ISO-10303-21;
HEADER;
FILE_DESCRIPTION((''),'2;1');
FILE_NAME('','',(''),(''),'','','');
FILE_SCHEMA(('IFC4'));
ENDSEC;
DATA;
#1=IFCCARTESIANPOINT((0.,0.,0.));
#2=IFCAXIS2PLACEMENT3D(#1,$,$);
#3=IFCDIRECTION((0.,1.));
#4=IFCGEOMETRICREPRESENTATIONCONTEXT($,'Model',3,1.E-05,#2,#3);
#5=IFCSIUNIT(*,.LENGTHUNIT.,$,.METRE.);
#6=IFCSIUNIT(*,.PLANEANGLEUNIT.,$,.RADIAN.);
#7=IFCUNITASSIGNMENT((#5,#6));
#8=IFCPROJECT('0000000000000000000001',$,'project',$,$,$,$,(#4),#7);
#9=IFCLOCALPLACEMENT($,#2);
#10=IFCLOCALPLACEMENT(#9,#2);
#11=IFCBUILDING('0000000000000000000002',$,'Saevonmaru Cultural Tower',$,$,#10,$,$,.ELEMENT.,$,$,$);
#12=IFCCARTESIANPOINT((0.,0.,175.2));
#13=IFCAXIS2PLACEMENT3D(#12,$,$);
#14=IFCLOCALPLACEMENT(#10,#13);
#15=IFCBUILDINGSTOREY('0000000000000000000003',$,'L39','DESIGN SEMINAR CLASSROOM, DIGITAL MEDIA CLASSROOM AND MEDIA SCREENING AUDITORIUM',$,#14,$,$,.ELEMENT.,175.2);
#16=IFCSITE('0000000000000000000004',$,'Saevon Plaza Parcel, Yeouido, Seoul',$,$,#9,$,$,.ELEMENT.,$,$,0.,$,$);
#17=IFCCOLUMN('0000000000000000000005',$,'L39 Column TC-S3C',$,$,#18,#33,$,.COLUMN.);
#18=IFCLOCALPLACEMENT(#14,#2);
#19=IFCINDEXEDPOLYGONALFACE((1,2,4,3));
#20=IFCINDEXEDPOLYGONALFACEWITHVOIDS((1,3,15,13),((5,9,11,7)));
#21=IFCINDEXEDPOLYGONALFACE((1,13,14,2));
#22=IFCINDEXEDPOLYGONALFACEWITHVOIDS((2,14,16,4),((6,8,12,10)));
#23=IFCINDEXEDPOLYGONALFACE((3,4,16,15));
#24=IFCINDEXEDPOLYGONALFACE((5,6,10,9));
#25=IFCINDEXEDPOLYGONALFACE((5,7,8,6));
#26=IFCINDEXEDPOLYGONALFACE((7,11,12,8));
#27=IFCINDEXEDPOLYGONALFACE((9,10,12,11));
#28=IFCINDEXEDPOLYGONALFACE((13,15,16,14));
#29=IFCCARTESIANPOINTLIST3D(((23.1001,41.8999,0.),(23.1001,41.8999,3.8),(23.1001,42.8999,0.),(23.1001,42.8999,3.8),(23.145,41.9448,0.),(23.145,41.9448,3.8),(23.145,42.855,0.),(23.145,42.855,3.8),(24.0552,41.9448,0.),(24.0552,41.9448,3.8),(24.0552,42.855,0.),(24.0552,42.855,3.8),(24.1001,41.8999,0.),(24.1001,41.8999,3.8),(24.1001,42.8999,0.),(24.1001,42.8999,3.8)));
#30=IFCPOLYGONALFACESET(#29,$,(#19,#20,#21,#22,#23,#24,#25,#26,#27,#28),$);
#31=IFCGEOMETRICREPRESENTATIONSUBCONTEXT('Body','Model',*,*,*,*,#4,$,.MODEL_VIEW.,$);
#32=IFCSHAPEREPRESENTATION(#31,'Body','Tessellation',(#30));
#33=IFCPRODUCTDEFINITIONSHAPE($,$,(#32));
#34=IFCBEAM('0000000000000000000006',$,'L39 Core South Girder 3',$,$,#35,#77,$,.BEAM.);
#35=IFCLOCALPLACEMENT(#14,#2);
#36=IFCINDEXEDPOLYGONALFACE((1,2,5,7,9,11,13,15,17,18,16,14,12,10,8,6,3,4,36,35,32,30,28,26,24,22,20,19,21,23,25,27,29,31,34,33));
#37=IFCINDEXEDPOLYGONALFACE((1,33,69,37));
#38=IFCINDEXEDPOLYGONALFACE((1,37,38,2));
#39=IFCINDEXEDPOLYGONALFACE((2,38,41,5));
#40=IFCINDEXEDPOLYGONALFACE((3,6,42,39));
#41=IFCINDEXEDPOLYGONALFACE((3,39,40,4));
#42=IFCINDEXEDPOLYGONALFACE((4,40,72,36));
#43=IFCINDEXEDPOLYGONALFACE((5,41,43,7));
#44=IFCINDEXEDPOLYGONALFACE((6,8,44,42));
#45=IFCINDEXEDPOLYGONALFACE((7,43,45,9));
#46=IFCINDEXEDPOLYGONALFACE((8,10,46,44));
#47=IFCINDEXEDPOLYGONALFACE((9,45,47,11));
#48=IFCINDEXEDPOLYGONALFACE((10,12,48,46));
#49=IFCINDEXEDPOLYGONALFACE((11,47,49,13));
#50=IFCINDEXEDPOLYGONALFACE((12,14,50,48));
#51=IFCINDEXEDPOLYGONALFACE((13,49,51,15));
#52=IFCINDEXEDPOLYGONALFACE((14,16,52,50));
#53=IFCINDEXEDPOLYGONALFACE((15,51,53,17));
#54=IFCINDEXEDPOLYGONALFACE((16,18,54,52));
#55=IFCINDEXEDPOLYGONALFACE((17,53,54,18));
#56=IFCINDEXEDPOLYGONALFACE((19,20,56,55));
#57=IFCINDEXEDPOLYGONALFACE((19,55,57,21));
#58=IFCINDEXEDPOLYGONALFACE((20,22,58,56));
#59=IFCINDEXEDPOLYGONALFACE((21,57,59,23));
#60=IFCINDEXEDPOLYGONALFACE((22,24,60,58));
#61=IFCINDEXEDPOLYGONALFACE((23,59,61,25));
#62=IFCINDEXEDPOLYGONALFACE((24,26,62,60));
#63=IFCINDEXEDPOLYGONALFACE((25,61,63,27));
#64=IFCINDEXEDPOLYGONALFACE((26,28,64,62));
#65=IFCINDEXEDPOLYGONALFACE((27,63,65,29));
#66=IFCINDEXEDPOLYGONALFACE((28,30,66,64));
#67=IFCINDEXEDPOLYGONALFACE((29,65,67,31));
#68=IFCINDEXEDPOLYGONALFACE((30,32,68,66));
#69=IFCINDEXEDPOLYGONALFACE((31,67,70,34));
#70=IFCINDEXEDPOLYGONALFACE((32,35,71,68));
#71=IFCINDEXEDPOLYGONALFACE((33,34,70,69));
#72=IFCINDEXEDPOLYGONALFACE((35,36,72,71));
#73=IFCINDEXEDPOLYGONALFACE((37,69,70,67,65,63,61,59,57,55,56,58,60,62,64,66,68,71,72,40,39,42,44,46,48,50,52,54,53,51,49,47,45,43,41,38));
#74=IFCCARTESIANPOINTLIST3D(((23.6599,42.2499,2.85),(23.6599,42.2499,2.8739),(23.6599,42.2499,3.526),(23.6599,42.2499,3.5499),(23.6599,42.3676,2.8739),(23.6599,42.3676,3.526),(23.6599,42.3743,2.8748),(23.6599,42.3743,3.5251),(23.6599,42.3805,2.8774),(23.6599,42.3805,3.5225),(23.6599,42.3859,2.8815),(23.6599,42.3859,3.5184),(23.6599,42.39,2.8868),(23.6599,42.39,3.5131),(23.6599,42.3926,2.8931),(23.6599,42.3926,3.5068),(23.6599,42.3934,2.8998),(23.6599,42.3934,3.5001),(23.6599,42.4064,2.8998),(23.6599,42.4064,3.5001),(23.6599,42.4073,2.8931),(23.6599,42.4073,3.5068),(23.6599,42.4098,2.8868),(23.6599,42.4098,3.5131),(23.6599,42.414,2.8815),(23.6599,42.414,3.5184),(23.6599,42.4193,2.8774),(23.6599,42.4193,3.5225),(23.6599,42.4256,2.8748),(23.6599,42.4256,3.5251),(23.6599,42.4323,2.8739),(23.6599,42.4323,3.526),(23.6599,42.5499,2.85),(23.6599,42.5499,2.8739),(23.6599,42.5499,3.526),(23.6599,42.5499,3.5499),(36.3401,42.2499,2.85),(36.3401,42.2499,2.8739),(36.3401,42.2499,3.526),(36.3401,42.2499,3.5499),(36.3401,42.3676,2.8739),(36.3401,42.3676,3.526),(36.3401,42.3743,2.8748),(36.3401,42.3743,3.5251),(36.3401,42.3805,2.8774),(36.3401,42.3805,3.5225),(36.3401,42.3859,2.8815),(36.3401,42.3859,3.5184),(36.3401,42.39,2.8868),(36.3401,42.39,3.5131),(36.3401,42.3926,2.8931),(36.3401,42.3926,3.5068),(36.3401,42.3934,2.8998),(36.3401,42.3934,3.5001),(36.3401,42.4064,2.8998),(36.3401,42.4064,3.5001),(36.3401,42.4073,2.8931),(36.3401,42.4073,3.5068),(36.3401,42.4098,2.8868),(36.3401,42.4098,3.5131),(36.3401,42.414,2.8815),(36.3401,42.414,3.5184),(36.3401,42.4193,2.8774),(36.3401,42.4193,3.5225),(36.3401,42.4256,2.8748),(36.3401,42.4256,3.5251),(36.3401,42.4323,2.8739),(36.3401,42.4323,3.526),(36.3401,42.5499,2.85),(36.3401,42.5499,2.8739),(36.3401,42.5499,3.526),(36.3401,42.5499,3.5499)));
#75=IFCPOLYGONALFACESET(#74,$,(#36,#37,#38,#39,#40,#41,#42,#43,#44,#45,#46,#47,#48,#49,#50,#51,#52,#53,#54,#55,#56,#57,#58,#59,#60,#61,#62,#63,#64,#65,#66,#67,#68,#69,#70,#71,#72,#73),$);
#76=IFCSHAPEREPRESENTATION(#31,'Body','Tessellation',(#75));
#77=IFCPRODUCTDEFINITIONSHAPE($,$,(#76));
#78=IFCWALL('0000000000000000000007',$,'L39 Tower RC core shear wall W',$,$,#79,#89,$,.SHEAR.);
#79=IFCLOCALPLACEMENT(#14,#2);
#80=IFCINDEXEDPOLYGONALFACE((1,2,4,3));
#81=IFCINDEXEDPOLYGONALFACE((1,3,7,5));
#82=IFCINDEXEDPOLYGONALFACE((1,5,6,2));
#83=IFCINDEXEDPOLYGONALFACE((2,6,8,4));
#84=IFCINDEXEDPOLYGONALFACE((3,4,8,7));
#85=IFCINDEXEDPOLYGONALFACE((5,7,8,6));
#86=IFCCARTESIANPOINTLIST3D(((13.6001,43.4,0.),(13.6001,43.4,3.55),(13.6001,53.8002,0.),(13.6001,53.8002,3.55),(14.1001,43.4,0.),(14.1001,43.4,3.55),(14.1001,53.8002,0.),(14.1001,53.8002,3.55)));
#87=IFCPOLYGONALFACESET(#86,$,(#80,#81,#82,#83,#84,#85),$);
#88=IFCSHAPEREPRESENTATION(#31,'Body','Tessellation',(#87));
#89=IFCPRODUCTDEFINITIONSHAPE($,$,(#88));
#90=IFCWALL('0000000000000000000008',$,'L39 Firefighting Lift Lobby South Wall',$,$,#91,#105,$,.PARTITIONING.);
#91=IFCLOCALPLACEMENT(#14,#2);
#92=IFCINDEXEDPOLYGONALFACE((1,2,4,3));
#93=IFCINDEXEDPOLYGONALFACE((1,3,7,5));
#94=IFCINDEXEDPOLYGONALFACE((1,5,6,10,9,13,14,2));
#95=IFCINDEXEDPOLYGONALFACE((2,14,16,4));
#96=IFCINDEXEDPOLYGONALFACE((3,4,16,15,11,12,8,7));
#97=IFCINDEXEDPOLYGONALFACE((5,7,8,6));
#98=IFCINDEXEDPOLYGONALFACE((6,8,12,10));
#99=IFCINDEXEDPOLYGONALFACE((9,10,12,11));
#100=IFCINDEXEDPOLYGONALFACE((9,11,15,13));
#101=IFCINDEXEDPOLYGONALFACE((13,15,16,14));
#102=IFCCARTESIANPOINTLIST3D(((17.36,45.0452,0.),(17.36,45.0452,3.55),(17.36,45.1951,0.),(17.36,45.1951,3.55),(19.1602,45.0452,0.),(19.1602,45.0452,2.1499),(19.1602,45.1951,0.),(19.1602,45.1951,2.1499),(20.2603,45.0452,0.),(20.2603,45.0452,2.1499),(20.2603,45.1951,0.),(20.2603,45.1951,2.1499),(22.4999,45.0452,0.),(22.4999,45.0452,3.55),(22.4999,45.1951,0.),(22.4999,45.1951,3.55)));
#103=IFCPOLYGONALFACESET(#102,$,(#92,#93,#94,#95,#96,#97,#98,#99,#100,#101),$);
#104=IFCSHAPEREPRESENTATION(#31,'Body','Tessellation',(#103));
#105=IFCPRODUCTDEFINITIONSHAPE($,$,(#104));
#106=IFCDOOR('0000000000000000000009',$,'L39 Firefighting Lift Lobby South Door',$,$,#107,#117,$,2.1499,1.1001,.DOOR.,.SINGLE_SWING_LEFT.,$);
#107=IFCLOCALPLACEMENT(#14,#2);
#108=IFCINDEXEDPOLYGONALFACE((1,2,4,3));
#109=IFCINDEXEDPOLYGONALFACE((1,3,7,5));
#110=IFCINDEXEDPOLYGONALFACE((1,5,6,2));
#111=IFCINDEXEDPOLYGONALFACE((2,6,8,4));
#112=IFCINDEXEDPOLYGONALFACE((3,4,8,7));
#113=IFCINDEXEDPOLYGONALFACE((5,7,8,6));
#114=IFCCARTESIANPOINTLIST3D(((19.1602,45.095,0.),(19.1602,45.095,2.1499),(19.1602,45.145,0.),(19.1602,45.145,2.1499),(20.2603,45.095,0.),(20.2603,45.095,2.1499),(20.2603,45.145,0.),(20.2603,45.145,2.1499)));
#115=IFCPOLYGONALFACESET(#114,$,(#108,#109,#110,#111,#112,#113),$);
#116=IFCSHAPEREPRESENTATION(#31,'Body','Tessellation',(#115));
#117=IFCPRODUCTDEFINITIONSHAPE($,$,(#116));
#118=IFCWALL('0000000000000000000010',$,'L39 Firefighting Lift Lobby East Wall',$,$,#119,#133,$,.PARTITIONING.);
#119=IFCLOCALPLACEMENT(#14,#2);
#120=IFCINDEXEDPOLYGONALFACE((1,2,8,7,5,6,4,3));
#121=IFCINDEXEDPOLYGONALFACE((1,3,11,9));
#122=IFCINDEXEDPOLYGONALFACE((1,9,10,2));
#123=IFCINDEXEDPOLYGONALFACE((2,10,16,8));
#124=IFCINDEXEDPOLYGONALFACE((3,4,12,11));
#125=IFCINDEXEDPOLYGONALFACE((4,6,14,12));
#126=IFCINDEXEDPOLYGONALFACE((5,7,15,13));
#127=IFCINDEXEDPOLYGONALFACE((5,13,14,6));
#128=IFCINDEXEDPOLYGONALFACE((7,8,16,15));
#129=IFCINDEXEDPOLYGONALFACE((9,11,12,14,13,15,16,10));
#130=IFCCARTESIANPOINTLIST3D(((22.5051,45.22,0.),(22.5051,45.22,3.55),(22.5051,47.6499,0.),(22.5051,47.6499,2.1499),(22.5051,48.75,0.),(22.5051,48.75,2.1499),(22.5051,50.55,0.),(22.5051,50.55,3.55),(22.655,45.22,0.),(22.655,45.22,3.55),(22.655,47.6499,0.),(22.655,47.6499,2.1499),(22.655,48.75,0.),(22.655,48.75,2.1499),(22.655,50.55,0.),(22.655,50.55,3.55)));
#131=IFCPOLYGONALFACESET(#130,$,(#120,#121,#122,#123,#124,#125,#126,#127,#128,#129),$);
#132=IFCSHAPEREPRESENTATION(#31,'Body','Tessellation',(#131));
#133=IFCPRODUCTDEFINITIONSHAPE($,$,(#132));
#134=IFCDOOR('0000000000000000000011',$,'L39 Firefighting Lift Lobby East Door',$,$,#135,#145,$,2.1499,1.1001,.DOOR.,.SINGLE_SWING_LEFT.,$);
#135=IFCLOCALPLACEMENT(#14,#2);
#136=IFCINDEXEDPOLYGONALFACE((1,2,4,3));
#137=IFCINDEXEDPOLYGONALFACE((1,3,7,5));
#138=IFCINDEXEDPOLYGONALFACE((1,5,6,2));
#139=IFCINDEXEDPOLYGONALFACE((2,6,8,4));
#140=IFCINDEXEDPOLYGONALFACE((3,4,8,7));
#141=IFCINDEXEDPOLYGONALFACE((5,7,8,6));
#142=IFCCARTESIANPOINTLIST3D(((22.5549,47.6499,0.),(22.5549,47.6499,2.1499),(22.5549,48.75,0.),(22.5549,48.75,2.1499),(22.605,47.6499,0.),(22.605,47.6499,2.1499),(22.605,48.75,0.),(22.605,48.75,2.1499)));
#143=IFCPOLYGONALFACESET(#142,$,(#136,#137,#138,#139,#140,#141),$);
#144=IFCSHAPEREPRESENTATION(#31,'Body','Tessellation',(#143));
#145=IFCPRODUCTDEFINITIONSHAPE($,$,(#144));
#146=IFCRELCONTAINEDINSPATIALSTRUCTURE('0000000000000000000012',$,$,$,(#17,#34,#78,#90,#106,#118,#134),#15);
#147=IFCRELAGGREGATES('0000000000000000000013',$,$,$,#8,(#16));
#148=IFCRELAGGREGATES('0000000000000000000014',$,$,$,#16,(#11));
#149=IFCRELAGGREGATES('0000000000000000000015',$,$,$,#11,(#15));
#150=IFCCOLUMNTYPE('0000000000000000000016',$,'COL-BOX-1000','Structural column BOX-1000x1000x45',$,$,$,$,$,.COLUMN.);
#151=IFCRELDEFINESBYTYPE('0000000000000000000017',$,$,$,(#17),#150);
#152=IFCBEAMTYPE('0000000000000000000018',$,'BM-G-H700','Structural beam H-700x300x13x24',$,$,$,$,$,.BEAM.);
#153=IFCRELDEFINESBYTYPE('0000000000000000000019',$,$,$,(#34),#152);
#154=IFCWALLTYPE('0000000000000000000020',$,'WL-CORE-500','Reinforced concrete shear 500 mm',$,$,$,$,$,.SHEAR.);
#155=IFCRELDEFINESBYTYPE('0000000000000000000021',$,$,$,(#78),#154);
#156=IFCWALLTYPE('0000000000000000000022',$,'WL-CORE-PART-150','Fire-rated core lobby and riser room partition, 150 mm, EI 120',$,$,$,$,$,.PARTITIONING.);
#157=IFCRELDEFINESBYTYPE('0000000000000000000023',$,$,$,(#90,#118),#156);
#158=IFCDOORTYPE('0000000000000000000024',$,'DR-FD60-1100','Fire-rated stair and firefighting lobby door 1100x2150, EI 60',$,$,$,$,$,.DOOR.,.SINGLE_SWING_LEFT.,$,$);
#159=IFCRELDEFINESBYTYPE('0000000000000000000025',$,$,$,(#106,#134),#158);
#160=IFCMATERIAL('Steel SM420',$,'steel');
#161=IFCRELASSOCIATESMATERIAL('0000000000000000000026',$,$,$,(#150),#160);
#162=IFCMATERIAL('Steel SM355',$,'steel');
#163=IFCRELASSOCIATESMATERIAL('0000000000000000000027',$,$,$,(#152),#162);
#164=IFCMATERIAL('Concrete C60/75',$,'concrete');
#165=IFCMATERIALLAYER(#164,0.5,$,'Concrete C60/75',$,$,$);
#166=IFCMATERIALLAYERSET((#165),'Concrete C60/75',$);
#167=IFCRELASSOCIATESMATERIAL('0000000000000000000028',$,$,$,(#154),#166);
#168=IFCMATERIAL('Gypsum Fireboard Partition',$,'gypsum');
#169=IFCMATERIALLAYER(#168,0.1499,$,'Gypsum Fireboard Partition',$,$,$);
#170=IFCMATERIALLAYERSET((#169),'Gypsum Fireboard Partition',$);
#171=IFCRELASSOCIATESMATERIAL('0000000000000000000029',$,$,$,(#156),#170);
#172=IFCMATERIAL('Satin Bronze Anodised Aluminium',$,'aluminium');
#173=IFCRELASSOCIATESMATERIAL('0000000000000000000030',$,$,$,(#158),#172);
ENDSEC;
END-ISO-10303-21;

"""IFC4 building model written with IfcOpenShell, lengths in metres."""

from ifc_helpers import new_model, si_unit, direction, frame, frame_2d, origin, origin_2d, place, context, subcontext, project, spatial, rectangle, hollow_rectangle, i_section, extrude, material, layer, layer_set, material_profile, profile_set, type_object, element, fill, save


model = new_model("IFC4")

# Units and contexts
model_context = context("Model", 3, precision=1e-05, world=origin(), true_north=direction((0.0, 1.0)))
body_context = subcontext(model_context, "Body", "Model", "MODEL_VIEW")
ifc_project = project(units=[si_unit("LENGTHUNIT", "METRE"), si_unit("PLANEANGLEUNIT", "RADIAN")], contexts=[model_context])

# Site, building, storey
site_placement = place(None, origin())
site = spatial("IfcSite", under=ifc_project, at=site_placement, Name="Saevon Plaza Parcel, Yeouido, Seoul", CompositionType="ELEMENT", RefElevation=0.0)
building_placement = place(site_placement, origin())
building = spatial("IfcBuilding", under=site, at=building_placement, Name="Saevonmaru Cultural Tower", CompositionType="ELEMENT")
storey_placement = place(building_placement, frame((0.0, 0.0, 175.2)))
storey = spatial("IfcBuildingStorey", under=building, at=storey_placement, Name="L39", Description="DESIGN SEMINAR CLASSROOM, DIGITAL MEDIA CLASSROOM AND MEDIA SCREENING AUDITORIUM", CompositionType="ELEMENT", Elevation=175.2)

# Column
ifc_material_1 = material(Name="Steel SM420", Category="steel")
ifc_material_profile_1 = material_profile(ifc_material_1, hollow_rectangle(XDim=1.0, YDim=1.0, WallThickness=0.0449, at=origin_2d()), Name="BOX-1000x1000x45")
ifc_profile_set_1 = profile_set([ifc_material_profile_1], Name="Steel SM420")
column_type = type_object("IfcColumnType", Name="COL-BOX-1000", Description="Structural column BOX-1000x1000x45", PredefinedType="COLUMN", material=ifc_profile_set_1)
column_placement = place(storey_placement, frame((23.6001, 42.3999, 0.0), z_axis=(0.0, 0.0, 1.0), x_axis=(1.0, 0.0, 0.0)))
element("IfcColumn", 1, at=column_placement, inside=storey, type_object=column_type, Name="L39 Column TC-S3C", PredefinedType="COLUMN", context=body_context, shape_type="SweptSolid", body=[
    extrude(hollow_rectangle(XDim=1.0, YDim=1.0, WallThickness=0.0449, at=origin_2d()), origin(), (0.0, 0.0, 1.0), 3.8),
])

# Beam
ifc_material_2 = material(Name="Steel SM355", Category="steel")
ifc_material_profile_2 = material_profile(ifc_material_2, i_section(OverallWidth=0.3, OverallDepth=0.7, WebThickness=0.0129, FlangeThickness=0.0239, FilletRadius=0.0259, at=origin_2d()), Name="H-700x300x13x24")
ifc_profile_set_2 = profile_set([ifc_material_profile_2], Name="Steel SM355")
beam_type = type_object("IfcBeamType", Name="BM-G-H700", Description="Structural beam H-700x300x13x24", PredefinedType="BEAM", material=ifc_profile_set_2)
beam_placement = place(storey_placement, frame((23.6599, 42.3999, 3.2), z_axis=(1.0, 0.0, 0.0), x_axis=(0.0, 1.0, 0.0)))
element("IfcBeam", 2, at=beam_placement, inside=storey, type_object=beam_type, Name="L39 Core South Girder 3", PredefinedType="BEAM", context=body_context, shape_type="SweptSolid", body=[
    extrude(i_section(OverallWidth=0.3, OverallDepth=0.7, WebThickness=0.0129, FlangeThickness=0.0239, FilletRadius=0.0259, at=origin_2d()), origin(), (0.0, 0.0, 1.0), 12.6802),
])

# Wall
ifc_material_3 = material(Name="Concrete C60/75", Category="concrete")
ifc_layer_1 = layer(ifc_material_3, 0.5, Name="Concrete C60/75")
ifc_layer_set_1 = layer_set([ifc_layer_1], Name="Concrete C60/75")
wall_type_1 = type_object("IfcWallType", Name="WL-CORE-500", Description="Reinforced concrete shear 500 mm", PredefinedType="SHEAR", material=ifc_layer_set_1)
wall_1_placement = place(storey_placement, frame((13.8501, 43.3999, 0.0), z_axis=(0.0, 0.0, 1.0), x_axis=(0.0, 1.0, 0.0)))
element("IfcWall", 3, at=wall_1_placement, inside=storey, type_object=wall_type_1, Name="L39 Tower RC core shear wall W", PredefinedType="SHEAR", context=body_context, shape_type="SweptSolid", body=[
    extrude(rectangle(XDim=10.4001, YDim=0.5, at=frame_2d((5.2002, 0.0))), origin(), (0.0, 0.0, 1.0), 3.55),
])

# Walls, openings, doors
ifc_material_4 = material(Name="Gypsum Fireboard Partition", Category="gypsum")
ifc_layer_2 = layer(ifc_material_4, 0.1499, Name="Gypsum Fireboard Partition")
ifc_layer_set_2 = layer_set([ifc_layer_2], Name="Gypsum Fireboard Partition")
wall_type_2 = type_object("IfcWallType", Name="WL-CORE-PART-150", Description="Fire-rated core lobby and riser room partition, 150 mm, EI 120", PredefinedType="PARTITIONING", material=ifc_layer_set_2)
wall_2_placement = place(storey_placement, frame((17.3601, 45.1201, 0.0), z_axis=(0.0, 0.0, 1.0), x_axis=(1.0, 0.0, 0.0)))
wall_2 = element("IfcWall", 4, at=wall_2_placement, inside=storey, type_object=wall_type_2, Name="L39 Firefighting Lift Lobby South Wall", PredefinedType="PARTITIONING", context=body_context, shape_type="SweptSolid", body=[
    extrude(rectangle(XDim=5.1399, YDim=0.1499, at=frame_2d((2.5698, 0.0))), origin(), (0.0, 0.0, 1.0), 3.55),
])
opening_1_placement = place(wall_2_placement, frame((1.8, 0.0, 0.0)))
opening_1 = element("IfcOpeningElement", 5, at=opening_1_placement, cuts=wall_2, PredefinedType="OPENING", context=body_context, shape_type="SweptSolid", body=[
    extrude(rectangle(XDim=1.1001, YDim=2.1499, at=frame_2d((0.55, 1.075))), frame((0.0, 0.085, 0.0), z_axis=(0.0, -1.0, 0.0), x_axis=(1.0, 0.0, 0.0)), (0.0, 0.0, 1.0), 0.1699),
])
ifc_material_5 = material(Name="Satin Bronze Anodised Aluminium", Category="aluminium")
door_type_1 = type_object("IfcDoorType", Name="DR-FD60-1100", Description="Fire-rated stair and firefighting lobby door 1100x2150, EI 60", OperationType="SINGLE_SWING_LEFT", PredefinedType="DOOR", material=ifc_material_5)
door_1_placement = place(opening_1_placement, origin())
door_1 = element("IfcDoor", 6, at=door_1_placement, inside=storey, type_object=door_type_1, Name="L39 Firefighting Lift Lobby South Door", OperationType="SINGLE_SWING_LEFT", OverallHeight=2.1499, OverallWidth=1.1001, PredefinedType="DOOR", context=body_context, shape_type="SweptSolid", body=[
    extrude(rectangle(XDim=1.1001, YDim=2.1499, at=frame_2d((0.55, 1.075))), frame((0.0, 0.0249, 0.0), z_axis=(0.0, -1.0, 0.0), x_axis=(1.0, 0.0, 0.0)), (0.0, 0.0, 1.0), 0.05),
])
fill(opening_1, door_1)
wall_3_placement = place(storey_placement, frame((22.5801, 50.55, 0.0), z_axis=(0.0, 0.0, 1.0), x_axis=(0.0, -1.0, 0.0)))
wall_3 = element("IfcWall", 7, at=wall_3_placement, inside=storey, type_object=wall_type_2, Name="L39 Firefighting Lift Lobby East Wall", PredefinedType="PARTITIONING", context=body_context, shape_type="SweptSolid", body=[
    extrude(rectangle(XDim=5.3301, YDim=0.1499, at=frame_2d((2.665, 0.0))), origin(), (0.0, 0.0, 1.0), 3.55),
])
opening_2_placement = place(wall_3_placement, frame((1.8, 0.0, 0.0)))
opening_2 = element("IfcOpeningElement", 8, at=opening_2_placement, cuts=wall_3, PredefinedType="OPENING", context=body_context, shape_type="SweptSolid", body=[
    extrude(rectangle(XDim=1.1001, YDim=2.1499, at=frame_2d((0.55, 1.075))), frame((0.0, 0.085, 0.0), z_axis=(0.0, -1.0, 0.0), x_axis=(1.0, 0.0, 0.0)), (0.0, 0.0, 1.0), 0.1699),
])
door_2_placement = place(opening_2_placement, origin())
door_2 = element("IfcDoor", 9, at=door_2_placement, inside=storey, type_object=door_type_1, Name="L39 Firefighting Lift Lobby East Door", OperationType="SINGLE_SWING_LEFT", OverallHeight=2.1499, OverallWidth=1.1001, PredefinedType="DOOR", context=body_context, shape_type="SweptSolid", body=[
    extrude(rectangle(XDim=1.1001, YDim=2.1499, at=frame_2d((0.55, 1.075))), frame((0.0, 0.0249, 0.0), z_axis=(0.0, -1.0, 0.0), x_axis=(1.0, 0.0, 0.0)), (0.0, 0.0, 1.0), 0.05),
])
fill(opening_2, door_2)

save(model, "model.ifc")
